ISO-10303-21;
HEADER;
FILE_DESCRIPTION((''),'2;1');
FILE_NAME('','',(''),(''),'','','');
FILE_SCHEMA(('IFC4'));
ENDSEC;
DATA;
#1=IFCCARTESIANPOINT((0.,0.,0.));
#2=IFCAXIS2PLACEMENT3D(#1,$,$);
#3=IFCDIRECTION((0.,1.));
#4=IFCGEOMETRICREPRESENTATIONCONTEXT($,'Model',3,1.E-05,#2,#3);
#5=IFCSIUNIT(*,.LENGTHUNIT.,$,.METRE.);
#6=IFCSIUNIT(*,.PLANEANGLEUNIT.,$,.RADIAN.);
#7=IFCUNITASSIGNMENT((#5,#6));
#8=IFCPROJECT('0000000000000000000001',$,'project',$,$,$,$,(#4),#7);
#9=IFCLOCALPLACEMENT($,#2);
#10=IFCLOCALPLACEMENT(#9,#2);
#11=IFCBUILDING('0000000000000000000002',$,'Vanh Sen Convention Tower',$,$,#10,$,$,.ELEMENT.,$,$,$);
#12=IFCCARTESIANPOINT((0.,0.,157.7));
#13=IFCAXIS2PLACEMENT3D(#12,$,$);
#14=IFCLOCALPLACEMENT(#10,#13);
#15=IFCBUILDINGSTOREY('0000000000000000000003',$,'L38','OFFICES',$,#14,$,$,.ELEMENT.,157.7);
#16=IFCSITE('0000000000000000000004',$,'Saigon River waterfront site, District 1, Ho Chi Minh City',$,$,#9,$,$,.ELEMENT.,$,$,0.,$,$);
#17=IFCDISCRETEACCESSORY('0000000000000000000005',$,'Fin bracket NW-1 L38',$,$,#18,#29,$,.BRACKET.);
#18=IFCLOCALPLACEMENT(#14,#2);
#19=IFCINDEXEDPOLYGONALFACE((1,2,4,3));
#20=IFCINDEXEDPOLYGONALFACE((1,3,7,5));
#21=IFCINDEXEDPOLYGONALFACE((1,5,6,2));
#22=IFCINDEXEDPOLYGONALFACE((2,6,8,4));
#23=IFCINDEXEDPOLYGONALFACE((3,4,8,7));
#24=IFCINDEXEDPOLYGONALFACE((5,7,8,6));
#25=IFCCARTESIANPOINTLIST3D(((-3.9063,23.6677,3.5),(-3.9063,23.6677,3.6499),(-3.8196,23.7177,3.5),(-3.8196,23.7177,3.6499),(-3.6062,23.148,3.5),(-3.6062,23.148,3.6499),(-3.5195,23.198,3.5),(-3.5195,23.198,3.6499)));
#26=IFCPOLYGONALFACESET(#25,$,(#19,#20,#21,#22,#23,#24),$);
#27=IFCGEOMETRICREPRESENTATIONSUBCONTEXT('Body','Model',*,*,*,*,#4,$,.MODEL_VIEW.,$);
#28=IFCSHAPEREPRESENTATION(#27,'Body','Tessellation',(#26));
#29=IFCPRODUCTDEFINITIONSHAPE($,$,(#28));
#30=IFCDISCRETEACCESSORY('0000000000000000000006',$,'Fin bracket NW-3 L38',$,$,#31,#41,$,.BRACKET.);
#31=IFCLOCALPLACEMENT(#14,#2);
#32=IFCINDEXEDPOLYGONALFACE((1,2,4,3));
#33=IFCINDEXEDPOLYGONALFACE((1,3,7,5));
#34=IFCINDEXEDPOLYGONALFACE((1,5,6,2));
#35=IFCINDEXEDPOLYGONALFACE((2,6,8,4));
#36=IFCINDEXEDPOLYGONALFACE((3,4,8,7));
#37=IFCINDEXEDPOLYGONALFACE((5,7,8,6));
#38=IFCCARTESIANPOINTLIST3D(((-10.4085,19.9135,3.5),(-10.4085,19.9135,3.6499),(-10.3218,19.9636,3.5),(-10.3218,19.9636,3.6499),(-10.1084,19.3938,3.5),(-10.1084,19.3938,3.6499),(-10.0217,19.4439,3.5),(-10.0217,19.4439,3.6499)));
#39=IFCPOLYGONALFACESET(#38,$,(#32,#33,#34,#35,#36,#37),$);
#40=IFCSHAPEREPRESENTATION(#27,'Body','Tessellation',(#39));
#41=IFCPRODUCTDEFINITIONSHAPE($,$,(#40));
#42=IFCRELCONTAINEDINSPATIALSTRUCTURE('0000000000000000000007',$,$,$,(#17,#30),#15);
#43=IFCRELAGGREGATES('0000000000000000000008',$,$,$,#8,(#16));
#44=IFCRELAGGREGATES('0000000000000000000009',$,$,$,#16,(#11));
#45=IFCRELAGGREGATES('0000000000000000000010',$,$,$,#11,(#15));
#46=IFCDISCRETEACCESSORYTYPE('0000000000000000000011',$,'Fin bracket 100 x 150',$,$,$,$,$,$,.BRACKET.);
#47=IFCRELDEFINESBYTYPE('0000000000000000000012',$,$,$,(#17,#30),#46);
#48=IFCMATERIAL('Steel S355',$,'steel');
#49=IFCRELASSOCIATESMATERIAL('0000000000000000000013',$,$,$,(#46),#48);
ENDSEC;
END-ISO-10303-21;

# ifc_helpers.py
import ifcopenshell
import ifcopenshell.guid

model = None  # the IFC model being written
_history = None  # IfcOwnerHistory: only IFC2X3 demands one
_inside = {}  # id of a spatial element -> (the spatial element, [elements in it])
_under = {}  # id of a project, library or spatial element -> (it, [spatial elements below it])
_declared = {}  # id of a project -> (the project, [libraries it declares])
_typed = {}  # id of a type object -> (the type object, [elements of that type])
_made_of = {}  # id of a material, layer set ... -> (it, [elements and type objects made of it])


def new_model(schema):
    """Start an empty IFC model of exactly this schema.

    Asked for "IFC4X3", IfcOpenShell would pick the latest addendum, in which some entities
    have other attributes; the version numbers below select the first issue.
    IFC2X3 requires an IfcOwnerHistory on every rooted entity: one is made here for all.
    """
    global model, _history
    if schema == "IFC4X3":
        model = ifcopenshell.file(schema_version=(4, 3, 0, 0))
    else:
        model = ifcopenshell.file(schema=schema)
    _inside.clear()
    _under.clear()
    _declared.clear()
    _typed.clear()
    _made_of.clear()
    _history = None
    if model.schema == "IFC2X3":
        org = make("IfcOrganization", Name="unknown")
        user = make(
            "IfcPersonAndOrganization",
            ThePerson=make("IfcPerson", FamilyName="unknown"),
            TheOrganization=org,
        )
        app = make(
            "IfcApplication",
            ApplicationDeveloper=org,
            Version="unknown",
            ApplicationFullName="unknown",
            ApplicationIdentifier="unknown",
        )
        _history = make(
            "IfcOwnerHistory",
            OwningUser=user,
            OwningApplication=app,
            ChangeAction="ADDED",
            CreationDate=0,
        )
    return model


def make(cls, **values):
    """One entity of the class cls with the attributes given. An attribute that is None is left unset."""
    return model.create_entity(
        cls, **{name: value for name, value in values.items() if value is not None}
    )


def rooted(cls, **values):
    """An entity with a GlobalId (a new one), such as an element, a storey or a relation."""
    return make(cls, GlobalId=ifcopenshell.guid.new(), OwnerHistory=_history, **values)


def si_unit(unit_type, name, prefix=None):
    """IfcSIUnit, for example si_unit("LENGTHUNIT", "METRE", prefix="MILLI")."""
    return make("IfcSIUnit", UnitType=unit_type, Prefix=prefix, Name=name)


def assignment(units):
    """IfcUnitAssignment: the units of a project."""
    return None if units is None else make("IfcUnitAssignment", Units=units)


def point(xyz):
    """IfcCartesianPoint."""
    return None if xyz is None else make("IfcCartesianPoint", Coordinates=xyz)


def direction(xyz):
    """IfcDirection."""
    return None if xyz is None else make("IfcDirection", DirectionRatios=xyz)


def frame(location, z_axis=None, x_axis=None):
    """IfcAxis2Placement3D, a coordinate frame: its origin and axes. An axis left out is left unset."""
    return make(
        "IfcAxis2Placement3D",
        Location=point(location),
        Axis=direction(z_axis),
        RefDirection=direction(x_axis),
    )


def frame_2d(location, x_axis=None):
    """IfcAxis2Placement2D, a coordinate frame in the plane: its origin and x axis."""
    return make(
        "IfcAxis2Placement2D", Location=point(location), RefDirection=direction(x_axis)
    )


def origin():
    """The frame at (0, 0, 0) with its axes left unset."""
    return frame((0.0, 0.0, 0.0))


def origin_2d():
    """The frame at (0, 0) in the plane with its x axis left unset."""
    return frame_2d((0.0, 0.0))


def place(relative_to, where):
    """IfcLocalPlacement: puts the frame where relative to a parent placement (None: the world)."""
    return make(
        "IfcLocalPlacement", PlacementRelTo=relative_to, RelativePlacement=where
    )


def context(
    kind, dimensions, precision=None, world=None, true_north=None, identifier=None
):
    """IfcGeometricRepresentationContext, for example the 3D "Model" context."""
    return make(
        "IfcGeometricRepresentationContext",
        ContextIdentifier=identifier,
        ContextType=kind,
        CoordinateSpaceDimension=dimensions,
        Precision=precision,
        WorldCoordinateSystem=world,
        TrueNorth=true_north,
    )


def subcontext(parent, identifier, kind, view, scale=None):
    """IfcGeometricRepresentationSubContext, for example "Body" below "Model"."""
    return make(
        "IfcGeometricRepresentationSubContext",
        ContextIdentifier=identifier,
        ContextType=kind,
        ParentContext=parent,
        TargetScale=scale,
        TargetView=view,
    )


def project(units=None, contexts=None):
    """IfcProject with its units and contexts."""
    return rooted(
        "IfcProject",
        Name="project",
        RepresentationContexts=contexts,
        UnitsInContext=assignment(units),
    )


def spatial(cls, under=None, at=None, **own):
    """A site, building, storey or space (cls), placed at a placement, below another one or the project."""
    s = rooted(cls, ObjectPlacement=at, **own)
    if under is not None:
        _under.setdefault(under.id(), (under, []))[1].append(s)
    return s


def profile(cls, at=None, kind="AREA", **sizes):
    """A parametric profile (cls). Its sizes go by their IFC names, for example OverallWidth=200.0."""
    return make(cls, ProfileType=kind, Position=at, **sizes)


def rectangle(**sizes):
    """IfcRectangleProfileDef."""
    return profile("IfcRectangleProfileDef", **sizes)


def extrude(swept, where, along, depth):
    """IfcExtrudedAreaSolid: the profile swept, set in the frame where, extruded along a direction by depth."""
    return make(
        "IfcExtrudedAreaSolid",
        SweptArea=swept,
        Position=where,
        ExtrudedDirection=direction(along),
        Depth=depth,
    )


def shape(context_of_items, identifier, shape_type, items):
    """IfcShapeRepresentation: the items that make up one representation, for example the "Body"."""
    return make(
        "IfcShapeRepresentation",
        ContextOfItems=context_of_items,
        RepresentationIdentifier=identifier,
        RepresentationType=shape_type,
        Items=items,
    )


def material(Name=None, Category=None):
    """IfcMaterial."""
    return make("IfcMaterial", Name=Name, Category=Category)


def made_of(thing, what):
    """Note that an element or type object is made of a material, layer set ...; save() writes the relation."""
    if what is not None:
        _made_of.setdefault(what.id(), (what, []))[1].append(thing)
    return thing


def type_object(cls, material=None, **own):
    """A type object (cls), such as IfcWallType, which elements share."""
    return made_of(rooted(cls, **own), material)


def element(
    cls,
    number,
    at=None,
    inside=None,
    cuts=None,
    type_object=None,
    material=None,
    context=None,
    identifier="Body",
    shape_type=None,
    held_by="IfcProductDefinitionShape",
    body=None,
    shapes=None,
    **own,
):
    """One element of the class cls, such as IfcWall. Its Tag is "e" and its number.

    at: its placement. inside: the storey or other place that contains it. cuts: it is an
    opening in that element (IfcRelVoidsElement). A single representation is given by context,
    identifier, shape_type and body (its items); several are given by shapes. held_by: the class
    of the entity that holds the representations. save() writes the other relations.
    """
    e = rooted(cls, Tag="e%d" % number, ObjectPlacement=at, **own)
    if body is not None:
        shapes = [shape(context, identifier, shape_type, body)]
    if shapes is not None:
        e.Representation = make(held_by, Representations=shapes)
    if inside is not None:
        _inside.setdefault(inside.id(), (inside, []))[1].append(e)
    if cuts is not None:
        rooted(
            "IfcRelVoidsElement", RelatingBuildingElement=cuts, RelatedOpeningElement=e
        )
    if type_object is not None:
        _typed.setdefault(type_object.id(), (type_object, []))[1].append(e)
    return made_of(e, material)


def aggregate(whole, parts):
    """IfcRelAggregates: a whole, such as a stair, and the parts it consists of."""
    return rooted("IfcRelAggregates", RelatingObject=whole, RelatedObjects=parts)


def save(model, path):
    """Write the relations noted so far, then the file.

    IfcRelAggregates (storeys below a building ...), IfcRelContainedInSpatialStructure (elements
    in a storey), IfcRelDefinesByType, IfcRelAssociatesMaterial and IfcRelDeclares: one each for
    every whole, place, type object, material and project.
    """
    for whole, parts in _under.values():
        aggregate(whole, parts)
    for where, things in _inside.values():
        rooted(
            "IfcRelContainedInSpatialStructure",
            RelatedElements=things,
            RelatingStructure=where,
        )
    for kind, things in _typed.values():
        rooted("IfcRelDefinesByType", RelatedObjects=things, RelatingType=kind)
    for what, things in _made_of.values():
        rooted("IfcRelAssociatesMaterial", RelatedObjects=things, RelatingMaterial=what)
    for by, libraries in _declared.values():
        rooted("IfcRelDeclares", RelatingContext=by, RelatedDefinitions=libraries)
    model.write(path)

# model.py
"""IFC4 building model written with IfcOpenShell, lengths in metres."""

from ifc_helpers import new_model, si_unit, direction, frame, origin, origin_2d, place, context, subcontext, project, spatial, rectangle, extrude, material, type_object, element, save


model = new_model("IFC4")

# Units and contexts
model_context = context("Model", 3, precision=1e-05, world=origin(), true_north=direction((0.0, 1.0)))
body_context = subcontext(model_context, "Body", "Model", "MODEL_VIEW")
ifc_project = project(units=[si_unit("LENGTHUNIT", "METRE"), si_unit("PLANEANGLEUNIT", "RADIAN")], contexts=[model_context])

# Site, building, storey
site_placement = place(None, origin())
site = spatial("IfcSite", under=ifc_project, at=site_placement, Name="Saigon River waterfront site, District 1, Ho Chi Minh City", CompositionType="ELEMENT", RefElevation=0.0)
building_placement = place(site_placement, origin())
building = spatial("IfcBuilding", under=site, at=building_placement, Name="Vanh Sen Convention Tower", CompositionType="ELEMENT")
storey_placement = place(building_placement, frame((0.0, 0.0, 157.7)))
storey = spatial("IfcBuildingStorey", under=building, at=storey_placement, Name="L38", Description="OFFICES", CompositionType="ELEMENT", Elevation=157.7)

# Discrete accessories
ifc_material_1 = material(Name="Steel S355", Category="steel")
discrete_accessory_type = type_object("IfcDiscreteAccessoryType", Name="Fin bracket 100 x 150", PredefinedType="BRACKET", material=ifc_material_1)
for number, where, z_axis, x_axis, name in (
    (1, (-3.7129, 23.4329, 3.5), (0.0, 0.0, 1.0), (-0.5, 0.866025, 0.0), "Fin bracket NW-1 L38"),
    (2, (-10.2151, 19.6787, 3.5), (0.0, 0.0, 1.0), (-0.5, 0.866025, 0.0), "Fin bracket NW-3 L38"),
):
    element("IfcDiscreteAccessory", number, at=place(storey_placement, frame(where, z_axis=z_axis, x_axis=x_axis)), inside=storey, type_object=discrete_accessory_type, Name=name, PredefinedType="BRACKET", context=body_context, shape_type="SweptSolid", body=[
        extrude(rectangle(XDim=0.6001, YDim=0.1001, at=origin_2d()), origin(), (0.0, 0.0, 1.0), 0.1499),
    ])

save(model, "model.ifc")
